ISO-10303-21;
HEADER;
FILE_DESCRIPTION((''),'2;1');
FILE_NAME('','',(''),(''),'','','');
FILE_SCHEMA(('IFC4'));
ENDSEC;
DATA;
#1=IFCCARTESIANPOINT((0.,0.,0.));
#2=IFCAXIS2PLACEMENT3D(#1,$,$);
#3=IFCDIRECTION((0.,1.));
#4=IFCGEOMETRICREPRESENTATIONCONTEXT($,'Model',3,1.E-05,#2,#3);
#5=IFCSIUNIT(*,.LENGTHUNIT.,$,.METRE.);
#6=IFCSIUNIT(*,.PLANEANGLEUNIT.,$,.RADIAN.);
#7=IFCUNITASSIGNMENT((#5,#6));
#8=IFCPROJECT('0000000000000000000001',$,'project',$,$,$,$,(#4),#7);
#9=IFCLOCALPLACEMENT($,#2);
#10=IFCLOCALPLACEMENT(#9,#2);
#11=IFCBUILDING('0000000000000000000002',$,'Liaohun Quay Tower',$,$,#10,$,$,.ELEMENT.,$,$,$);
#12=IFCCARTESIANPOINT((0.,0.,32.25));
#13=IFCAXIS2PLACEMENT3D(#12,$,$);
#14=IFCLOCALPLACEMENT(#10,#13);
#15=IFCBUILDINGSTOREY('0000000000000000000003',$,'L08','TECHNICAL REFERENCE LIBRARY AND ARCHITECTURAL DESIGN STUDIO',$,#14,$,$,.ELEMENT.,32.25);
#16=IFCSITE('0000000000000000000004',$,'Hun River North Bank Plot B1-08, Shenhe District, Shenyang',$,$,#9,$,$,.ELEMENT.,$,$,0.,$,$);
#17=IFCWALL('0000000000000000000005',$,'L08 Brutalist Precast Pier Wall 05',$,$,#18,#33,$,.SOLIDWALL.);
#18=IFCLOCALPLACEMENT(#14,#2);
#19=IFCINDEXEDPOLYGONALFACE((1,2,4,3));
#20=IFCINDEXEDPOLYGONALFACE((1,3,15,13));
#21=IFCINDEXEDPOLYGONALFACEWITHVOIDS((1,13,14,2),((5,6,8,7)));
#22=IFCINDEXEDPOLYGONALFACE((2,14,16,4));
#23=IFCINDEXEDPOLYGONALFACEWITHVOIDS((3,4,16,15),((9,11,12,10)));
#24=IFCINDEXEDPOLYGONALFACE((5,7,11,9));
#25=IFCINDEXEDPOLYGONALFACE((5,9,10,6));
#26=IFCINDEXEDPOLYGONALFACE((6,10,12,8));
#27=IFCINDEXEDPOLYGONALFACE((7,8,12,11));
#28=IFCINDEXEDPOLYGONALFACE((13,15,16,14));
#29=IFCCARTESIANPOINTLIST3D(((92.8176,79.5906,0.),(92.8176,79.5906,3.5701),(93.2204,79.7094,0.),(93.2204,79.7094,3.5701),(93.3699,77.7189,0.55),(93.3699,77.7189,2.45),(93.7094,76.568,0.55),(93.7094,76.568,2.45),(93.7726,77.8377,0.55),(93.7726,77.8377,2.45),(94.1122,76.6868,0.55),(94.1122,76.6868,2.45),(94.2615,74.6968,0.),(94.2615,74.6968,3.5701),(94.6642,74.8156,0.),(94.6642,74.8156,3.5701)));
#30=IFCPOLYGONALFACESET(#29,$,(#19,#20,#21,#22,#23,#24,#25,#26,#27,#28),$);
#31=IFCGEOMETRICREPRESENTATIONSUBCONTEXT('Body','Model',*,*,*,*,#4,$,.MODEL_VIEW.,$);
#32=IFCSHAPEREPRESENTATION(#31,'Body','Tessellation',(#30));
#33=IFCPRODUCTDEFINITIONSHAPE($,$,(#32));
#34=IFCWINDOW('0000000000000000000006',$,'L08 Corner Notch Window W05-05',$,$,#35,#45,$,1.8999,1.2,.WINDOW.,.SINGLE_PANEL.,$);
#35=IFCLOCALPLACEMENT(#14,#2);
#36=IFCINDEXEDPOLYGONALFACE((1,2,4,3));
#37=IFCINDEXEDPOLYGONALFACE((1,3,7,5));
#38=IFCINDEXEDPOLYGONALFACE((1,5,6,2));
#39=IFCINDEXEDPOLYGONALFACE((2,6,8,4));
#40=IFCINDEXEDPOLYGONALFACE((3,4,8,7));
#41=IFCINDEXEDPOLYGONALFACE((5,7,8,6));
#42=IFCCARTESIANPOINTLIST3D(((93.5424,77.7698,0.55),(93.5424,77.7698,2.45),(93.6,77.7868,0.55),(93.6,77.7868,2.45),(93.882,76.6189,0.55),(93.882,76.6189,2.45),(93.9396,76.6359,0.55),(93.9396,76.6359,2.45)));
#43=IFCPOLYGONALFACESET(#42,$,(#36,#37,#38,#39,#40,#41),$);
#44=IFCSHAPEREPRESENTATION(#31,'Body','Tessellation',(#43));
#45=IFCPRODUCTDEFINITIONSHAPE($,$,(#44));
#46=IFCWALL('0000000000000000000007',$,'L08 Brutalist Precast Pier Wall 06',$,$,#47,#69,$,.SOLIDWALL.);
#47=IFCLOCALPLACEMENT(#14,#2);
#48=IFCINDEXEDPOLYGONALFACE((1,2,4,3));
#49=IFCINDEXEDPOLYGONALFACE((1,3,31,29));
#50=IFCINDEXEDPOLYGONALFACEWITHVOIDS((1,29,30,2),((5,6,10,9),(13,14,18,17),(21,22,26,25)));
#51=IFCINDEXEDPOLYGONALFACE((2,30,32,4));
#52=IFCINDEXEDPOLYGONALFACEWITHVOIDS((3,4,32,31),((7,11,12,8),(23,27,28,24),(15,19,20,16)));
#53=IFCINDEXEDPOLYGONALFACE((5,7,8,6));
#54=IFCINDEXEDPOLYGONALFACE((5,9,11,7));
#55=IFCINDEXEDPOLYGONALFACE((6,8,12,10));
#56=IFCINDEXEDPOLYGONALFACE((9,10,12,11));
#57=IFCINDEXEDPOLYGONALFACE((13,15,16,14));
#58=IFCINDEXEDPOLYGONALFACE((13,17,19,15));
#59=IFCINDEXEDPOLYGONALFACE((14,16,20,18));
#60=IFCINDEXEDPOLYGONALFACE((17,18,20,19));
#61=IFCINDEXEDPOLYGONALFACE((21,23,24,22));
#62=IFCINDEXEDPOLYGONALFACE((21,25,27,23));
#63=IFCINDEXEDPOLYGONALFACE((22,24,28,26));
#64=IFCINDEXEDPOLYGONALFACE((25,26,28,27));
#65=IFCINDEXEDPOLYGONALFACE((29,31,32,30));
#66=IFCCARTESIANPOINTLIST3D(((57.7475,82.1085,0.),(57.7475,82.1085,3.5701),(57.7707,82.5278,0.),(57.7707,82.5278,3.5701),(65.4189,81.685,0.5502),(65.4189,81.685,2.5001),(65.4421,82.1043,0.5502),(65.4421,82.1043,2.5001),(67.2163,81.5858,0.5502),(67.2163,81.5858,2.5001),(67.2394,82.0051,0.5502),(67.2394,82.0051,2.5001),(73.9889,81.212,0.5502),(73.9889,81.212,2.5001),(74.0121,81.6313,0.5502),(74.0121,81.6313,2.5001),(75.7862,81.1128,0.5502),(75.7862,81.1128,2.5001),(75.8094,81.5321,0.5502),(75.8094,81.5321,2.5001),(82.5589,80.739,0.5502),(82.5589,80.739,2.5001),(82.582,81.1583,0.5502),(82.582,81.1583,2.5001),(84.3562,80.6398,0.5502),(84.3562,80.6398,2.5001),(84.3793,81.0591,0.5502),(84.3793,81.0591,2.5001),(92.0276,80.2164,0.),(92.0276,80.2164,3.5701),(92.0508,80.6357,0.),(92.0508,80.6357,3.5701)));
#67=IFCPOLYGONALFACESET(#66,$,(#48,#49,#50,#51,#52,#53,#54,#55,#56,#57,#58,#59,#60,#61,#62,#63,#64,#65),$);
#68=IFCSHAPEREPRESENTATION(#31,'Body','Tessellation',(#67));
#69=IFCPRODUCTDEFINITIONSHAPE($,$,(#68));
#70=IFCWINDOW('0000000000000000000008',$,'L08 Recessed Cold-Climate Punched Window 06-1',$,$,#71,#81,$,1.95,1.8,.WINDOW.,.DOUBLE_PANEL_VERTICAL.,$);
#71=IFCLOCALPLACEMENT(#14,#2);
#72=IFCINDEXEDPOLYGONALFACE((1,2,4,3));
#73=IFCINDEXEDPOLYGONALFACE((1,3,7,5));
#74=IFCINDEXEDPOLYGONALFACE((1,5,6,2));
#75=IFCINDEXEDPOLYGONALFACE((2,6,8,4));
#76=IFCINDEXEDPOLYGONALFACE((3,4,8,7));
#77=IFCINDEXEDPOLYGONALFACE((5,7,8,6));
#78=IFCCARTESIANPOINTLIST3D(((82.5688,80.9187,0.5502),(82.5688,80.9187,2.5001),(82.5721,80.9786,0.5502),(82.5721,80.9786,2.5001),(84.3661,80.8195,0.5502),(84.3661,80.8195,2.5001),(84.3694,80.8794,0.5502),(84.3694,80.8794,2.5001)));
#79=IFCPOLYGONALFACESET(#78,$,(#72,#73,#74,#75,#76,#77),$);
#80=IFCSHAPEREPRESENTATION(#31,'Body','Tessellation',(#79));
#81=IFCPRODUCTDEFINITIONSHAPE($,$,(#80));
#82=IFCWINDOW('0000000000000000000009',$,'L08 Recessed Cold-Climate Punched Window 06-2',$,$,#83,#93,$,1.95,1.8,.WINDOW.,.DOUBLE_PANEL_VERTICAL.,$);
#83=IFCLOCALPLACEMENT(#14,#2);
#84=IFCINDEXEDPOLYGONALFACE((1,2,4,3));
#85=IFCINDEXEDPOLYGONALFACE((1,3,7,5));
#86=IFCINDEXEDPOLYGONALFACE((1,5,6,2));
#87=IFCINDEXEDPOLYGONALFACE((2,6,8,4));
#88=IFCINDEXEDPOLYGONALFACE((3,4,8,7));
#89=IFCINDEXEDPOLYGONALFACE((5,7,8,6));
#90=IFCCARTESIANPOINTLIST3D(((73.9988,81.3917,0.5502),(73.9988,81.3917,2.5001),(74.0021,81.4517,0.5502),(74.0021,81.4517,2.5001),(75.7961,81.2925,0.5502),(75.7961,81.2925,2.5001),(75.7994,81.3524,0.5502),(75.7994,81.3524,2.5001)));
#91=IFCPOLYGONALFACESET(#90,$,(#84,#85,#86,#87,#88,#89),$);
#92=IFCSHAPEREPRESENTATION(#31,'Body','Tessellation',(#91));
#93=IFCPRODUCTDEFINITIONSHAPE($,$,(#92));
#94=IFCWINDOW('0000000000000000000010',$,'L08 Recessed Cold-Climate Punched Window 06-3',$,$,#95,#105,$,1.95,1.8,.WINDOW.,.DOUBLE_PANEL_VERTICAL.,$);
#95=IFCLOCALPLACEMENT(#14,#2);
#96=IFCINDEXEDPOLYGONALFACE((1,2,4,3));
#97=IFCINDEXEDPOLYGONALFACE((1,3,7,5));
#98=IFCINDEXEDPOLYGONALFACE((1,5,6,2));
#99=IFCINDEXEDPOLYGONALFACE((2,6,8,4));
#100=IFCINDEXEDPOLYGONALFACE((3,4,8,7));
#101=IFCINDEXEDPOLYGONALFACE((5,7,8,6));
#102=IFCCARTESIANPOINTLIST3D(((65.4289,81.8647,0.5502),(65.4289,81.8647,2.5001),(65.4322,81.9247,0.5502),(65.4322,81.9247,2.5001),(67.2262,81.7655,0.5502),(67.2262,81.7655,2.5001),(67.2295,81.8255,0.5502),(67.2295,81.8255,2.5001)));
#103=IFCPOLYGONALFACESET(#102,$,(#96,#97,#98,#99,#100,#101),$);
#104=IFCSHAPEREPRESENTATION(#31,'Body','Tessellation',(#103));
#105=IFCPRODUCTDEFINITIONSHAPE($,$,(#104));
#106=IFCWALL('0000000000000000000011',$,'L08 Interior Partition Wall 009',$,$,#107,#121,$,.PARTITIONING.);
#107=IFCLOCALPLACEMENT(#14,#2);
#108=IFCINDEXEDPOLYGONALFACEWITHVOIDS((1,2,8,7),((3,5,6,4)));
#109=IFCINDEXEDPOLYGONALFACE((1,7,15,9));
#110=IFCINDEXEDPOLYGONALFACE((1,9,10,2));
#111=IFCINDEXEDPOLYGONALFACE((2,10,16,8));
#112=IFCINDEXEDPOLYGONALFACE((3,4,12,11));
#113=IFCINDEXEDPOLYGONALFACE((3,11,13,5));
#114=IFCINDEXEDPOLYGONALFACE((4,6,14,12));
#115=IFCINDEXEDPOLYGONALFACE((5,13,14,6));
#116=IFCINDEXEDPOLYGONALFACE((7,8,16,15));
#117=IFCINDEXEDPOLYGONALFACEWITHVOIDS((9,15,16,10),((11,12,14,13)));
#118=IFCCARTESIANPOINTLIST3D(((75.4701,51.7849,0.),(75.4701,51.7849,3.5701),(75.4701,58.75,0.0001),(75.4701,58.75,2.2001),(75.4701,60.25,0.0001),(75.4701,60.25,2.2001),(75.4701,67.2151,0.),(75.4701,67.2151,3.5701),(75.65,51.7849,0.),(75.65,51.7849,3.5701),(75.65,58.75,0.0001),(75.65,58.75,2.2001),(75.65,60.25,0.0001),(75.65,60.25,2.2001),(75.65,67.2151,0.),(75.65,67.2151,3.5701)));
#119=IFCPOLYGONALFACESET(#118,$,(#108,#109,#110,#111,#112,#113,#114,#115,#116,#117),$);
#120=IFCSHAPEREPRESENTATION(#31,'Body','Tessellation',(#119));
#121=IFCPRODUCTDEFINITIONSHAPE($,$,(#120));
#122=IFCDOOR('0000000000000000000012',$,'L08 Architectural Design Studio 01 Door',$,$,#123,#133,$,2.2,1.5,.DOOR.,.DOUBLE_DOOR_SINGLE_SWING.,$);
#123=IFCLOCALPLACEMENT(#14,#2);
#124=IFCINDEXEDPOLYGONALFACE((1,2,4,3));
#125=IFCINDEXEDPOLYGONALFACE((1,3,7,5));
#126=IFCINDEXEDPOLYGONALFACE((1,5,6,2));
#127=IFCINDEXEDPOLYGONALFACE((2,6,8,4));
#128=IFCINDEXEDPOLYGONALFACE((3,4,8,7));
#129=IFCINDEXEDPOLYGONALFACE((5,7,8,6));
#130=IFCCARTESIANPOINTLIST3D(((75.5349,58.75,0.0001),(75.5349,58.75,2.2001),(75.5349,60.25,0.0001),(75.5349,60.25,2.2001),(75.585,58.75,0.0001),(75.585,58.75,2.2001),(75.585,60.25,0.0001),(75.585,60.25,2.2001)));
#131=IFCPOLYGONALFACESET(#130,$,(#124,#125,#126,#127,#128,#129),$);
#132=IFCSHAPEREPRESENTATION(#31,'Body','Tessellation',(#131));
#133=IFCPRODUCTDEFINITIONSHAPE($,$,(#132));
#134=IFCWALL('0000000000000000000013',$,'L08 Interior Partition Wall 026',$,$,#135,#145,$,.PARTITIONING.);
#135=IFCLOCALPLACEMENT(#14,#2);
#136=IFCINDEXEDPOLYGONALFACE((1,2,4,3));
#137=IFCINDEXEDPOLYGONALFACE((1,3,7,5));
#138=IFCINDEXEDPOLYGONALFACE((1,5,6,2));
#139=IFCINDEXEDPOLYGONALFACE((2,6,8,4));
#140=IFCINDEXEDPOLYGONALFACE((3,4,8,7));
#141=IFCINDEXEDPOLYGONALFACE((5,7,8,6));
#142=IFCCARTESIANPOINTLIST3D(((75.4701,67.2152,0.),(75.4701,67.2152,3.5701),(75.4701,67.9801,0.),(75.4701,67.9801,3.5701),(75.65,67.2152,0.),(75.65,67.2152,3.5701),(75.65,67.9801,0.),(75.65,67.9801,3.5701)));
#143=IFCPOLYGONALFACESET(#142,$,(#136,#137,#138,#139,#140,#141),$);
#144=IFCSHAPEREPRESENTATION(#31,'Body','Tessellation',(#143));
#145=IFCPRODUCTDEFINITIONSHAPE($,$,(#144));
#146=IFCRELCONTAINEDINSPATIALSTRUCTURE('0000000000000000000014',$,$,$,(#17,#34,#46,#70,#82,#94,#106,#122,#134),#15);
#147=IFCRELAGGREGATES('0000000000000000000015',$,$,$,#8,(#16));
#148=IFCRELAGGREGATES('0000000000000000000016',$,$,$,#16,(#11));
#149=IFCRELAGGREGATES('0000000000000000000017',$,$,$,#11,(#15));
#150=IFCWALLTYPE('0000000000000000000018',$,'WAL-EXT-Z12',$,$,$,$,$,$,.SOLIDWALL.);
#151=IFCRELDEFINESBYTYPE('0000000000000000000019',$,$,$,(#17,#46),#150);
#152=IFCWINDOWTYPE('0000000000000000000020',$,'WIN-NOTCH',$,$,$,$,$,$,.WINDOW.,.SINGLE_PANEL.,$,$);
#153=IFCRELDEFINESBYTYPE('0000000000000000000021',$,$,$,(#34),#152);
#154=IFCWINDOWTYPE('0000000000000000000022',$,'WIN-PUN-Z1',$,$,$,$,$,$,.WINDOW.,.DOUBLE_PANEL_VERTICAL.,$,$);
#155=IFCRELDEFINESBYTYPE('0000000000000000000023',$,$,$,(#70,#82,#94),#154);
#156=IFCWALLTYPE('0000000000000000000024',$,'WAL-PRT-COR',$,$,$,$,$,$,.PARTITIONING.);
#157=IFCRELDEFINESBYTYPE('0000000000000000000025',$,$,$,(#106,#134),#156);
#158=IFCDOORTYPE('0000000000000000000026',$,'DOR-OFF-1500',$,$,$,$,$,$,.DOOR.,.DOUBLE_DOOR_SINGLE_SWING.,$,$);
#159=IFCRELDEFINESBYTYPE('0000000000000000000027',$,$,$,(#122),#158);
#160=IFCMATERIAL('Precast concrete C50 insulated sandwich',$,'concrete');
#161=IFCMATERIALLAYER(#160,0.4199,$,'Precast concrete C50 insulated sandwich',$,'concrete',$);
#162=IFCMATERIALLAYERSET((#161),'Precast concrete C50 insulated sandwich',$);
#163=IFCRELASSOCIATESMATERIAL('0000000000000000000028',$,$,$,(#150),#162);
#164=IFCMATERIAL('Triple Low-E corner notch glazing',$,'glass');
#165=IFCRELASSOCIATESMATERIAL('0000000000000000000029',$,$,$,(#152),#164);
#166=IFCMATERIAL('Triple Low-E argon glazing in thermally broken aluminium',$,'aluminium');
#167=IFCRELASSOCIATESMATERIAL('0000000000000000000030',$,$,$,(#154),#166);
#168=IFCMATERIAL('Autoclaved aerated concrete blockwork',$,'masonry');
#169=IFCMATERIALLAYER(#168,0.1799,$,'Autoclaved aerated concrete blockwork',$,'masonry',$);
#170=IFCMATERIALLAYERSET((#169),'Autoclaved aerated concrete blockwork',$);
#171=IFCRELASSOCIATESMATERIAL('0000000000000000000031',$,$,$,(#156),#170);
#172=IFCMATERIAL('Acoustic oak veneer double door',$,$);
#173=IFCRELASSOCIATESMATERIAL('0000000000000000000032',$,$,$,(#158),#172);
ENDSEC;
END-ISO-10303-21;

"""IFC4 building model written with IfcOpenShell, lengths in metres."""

from ifc_helpers import new_model, si_unit, direction, frame, frame_2d, origin, place, context, subcontext, project, spatial, rectangle, extrude, source, transform, mapped, material, layer, layer_set, type_object, element, fill, save


model = new_model("IFC4")

# Units and contexts
model_context = context("Model", 3, precision=1e-05, world=origin(), true_north=direction((0.0, 1.0)))
body_context = subcontext(model_context, "Body", "Model", "MODEL_VIEW")
ifc_project = project(units=[si_unit("LENGTHUNIT", "METRE"), si_unit("PLANEANGLEUNIT", "RADIAN")], contexts=[model_context])

# Site, building, storey
site_placement = place(None, origin())
site = spatial("IfcSite", under=ifc_project, at=site_placement, Name="Hun River North Bank Plot B1-08, Shenhe District, Shenyang", CompositionType="ELEMENT", RefElevation=0.0)
building_placement = place(site_placement, origin())
building = spatial("IfcBuilding", under=site, at=building_placement, Name="Liaohun Quay Tower", CompositionType="ELEMENT")
storey_placement = place(building_placement, frame((0.0, 0.0, 32.25)))
storey = spatial("IfcBuildingStorey", under=building, at=storey_placement, Name="L08", Description="TECHNICAL REFERENCE LIBRARY AND ARCHITECTURAL DESIGN STUDIO", CompositionType="ELEMENT", Elevation=32.25)

# Wall, opening, window
ifc_material_1 = material(Name="Precast concrete C50 insulated sandwich", Category="concrete")
ifc_layer_1 = layer(ifc_material_1, 0.4199, Name="Precast concrete C50 insulated sandwich", Category="concrete")
ifc_layer_set_1 = layer_set([ifc_layer_1], Name="Precast concrete C50 insulated sandwich")
wall_type_1 = type_object("IfcWallType", Name="WAL-EXT-Z12", PredefinedType="SOLIDWALL", material=ifc_layer_set_1)
shared_shape_1 = source(origin(), body_context, "Body", "SweptSolid", [
    extrude(rectangle(XDim=1.2, YDim=1.8999, at=frame_2d((0.6001, 0.95))), frame((0.0, 0.22, 0.0), z_axis=(0.0, -1.0, 0.0), x_axis=(1.0, 0.0, 0.0)), (0.0, 0.0, 1.0), 0.4399),
])
ifc_material_2 = material(Name="Triple Low-E corner notch glazing", Category="glass")
window_type_1 = type_object("IfcWindowType", Name="WIN-NOTCH", PartitioningType="SINGLE_PANEL", PredefinedType="WINDOW", material=ifc_material_2)
shared_shape_2 = source(origin(), body_context, "Body", "SweptSolid", [
    extrude(rectangle(XDim=1.2, YDim=1.8999, at=frame_2d((0.6001, 0.95))), frame((0.0, 0.03, 0.0), z_axis=(0.0, -1.0, 0.0), x_axis=(1.0, 0.0, 0.0)), (0.0, 0.0, 1.0), 0.0601),
])
wall_1_placement = place(storey_placement, frame((94.4629, 74.7561, 0.0), z_axis=(0.0, 0.0, 1.0), x_axis=(-0.282977, 0.959127, 0.0)))
wall_1 = element("IfcWall", 1, at=wall_1_placement, inside=storey, type_object=wall_type_1, Name="L08 Brutalist Precast Pier Wall 05", PredefinedType="SOLIDWALL", context=body_context, shape_type="SweptSolid", body=[
    extrude(rectangle(XDim=5.1023, YDim=0.4199, at=frame_2d((2.5513, 0.0))), origin(), (0.0, 0.0, 1.0), 3.5701),
])
opening_1_placement = place(wall_1_placement, frame((1.9509, 0.0, 0.55)))
opening_1 = element("IfcOpeningElement", 2, at=opening_1_placement, cuts=wall_1, PredefinedType="OPENING", context=body_context, shape_type="MappedRepresentation", body=[
    mapped(shared_shape_1, transform((0.0, 0.0, 0.0), x_axis=(1.0, 0.0, 0.0), y_axis=(0.0, 1.0, 0.0), z_axis=(0.0, 0.0, 1.0), scale=1.0)),
])
window_1_placement = place(opening_1_placement, origin())
window_1 = element("IfcWindow", 3, at=window_1_placement, inside=storey, type_object=window_type_1, Name="L08 Corner Notch Window W05-05", OverallHeight=1.8999, OverallWidth=1.2, PartitioningType="SINGLE_PANEL", PredefinedType="WINDOW", context=body_context, shape_type="MappedRepresentation", body=[
    mapped(shared_shape_2, transform((0.0, 0.0, 0.0), x_axis=(1.0, 0.0, 0.0), y_axis=(0.0, 1.0, 0.0), z_axis=(0.0, 0.0, 1.0), scale=1.0)),
])
fill(opening_1, window_1)

# Wall, openings, windows
wall_2_placement = place(storey_placement, frame((92.0391, 80.426, 0.0), z_axis=(0.0, 0.0, 1.0), x_axis=(-0.99848, 0.055111, 0.0)))
wall_2 = element("IfcWall", 4, at=wall_2_placement, inside=storey, type_object=wall_type_1, Name="L08 Brutalist Precast Pier Wall 06", PredefinedType="SOLIDWALL", context=body_context, shape_type="SweptSolid", body=[
    extrude(rectangle(XDim=34.3323, YDim=0.4199, at=frame_2d((17.166, 0.0))), origin(), (0.0, 0.0, 1.0), 3.5701),
])
shared_shape_3 = source(origin(), body_context, "Body", "SweptSolid", [
    extrude(rectangle(XDim=1.8, YDim=1.95, at=frame_2d((0.8999, 0.9751))), frame((0.0, 0.22, 0.0), z_axis=(0.0, -1.0, 0.0), x_axis=(1.0, 0.0, 0.0)), (0.0, 0.0, 1.0), 0.4399),
])
opening_2_placement = place(wall_2_placement, frame((7.6831, 0.0, 0.55)))
opening_2 = element("IfcOpeningElement", 5, at=opening_2_placement, cuts=wall_2, PredefinedType="OPENING", context=body_context, shape_type="MappedRepresentation", body=[
    mapped(shared_shape_3, transform((0.0, 0.0, 0.0), x_axis=(1.0, 0.0, 0.0), y_axis=(0.0, 1.0, 0.0), z_axis=(0.0, 0.0, 1.0), scale=1.0)),
])
opening_3_placement = place(wall_2_placement, frame((16.2661, 0.0, 0.55)))
opening_3 = element("IfcOpeningElement", 6, at=opening_3_placement, cuts=wall_2, PredefinedType="OPENING", context=body_context, shape_type="MappedRepresentation", body=[
    mapped(shared_shape_3, transform((0.0, 0.0, 0.0), x_axis=(1.0, 0.0, 0.0), y_axis=(0.0, 1.0, 0.0), z_axis=(0.0, 0.0, 1.0), scale=1.0)),
])
opening_4_placement = place(wall_2_placement, frame((24.8491, 0.0, 0.55)))
opening_4 = element("IfcOpeningElement", 7, at=opening_4_placement, cuts=wall_2, PredefinedType="OPENING", context=body_context, shape_type="MappedRepresentation", body=[
    mapped(shared_shape_3, transform((0.0, 0.0, 0.0), x_axis=(1.0, 0.0, 0.0), y_axis=(0.0, 1.0, 0.0), z_axis=(0.0, 0.0, 1.0), scale=1.0)),
])
ifc_material_3 = material(Name="Triple Low-E argon glazing in thermally broken aluminium", Category="aluminium")
window_type_2 = type_object("IfcWindowType", Name="WIN-PUN-Z1", PartitioningType="DOUBLE_PANEL_VERTICAL", PredefinedType="WINDOW", material=ifc_material_3)
shared_shape_4 = source(origin(), body_context, "Body", "SweptSolid", [
    extrude(rectangle(XDim=1.8, YDim=1.95, at=frame_2d((0.8999, 0.9751))), frame((0.0, 0.03, 0.0), z_axis=(0.0, -1.0, 0.0), x_axis=(1.0, 0.0, 0.0)), (0.0, 0.0, 1.0), 0.0601),
])
window_2_placement = place(opening_2_placement, origin())
window_2 = element("IfcWindow", 8, at=window_2_placement, inside=storey, type_object=window_type_2, Name="L08 Recessed Cold-Climate Punched Window 06-1", OverallHeight=1.95, OverallWidth=1.8, PartitioningType="DOUBLE_PANEL_VERTICAL", PredefinedType="WINDOW", context=body_context, shape_type="MappedRepresentation", body=[
    mapped(shared_shape_4, transform((0.0, 0.0, 0.0), x_axis=(1.0, 0.0, 0.0), y_axis=(0.0, 1.0, 0.0), z_axis=(0.0, 0.0, 1.0), scale=1.0)),
])
fill(opening_2, window_2)
window_3_placement = place(opening_3_placement, origin())
window_3 = element("IfcWindow", 9, at=window_3_placement, inside=storey, type_object=window_type_2, Name="L08 Recessed Cold-Climate Punched Window 06-2", OverallHeight=1.95, OverallWidth=1.8, PartitioningType="DOUBLE_PANEL_VERTICAL", PredefinedType="WINDOW", context=body_context, shape_type="MappedRepresentation", body=[
    mapped(shared_shape_4, transform((0.0, 0.0, 0.0), x_axis=(1.0, 0.0, 0.0), y_axis=(0.0, 1.0, 0.0), z_axis=(0.0, 0.0, 1.0), scale=1.0)),
])
fill(opening_3, window_3)
window_4_placement = place(opening_4_placement, origin())
window_4 = element("IfcWindow", 10, at=window_4_placement, inside=storey, type_object=window_type_2, Name="L08 Recessed Cold-Climate Punched Window 06-3", OverallHeight=1.95, OverallWidth=1.8, PartitioningType="DOUBLE_PANEL_VERTICAL", PredefinedType="WINDOW", context=body_context, shape_type="MappedRepresentation", body=[
    mapped(shared_shape_4, transform((0.0, 0.0, 0.0), x_axis=(1.0, 0.0, 0.0), y_axis=(0.0, 1.0, 0.0), z_axis=(0.0, 0.0, 1.0), scale=1.0)),
])
fill(opening_4, window_4)

# Wall, opening, door
ifc_material_4 = material(Name="Autoclaved aerated concrete blockwork", Category="masonry")
ifc_layer_2 = layer(ifc_material_4, 0.1799, Name="Autoclaved aerated concrete blockwork", Category="masonry")
ifc_layer_set_2 = layer_set([ifc_layer_2], Name="Autoclaved aerated concrete blockwork")
wall_type_2 = type_object("IfcWallType", Name="WAL-PRT-COR", PredefinedType="PARTITIONING", material=ifc_layer_set_2)
wall_3_placement = place(storey_placement, frame((75.5601, 67.2151, 0.0), z_axis=(0.0, 0.0, 1.0), x_axis=(0.0, -1.0, 0.0)))
wall_3 = element("IfcWall", 11, at=wall_3_placement, inside=storey, type_object=wall_type_2, Name="L08 Interior Partition Wall 009", PredefinedType="PARTITIONING", context=body_context, shape_type="SweptSolid", body=[
    extrude(rectangle(XDim=15.4302, YDim=0.1799, at=frame_2d((7.7151, 0.0))), origin(), (0.0, 0.0, 1.0), 3.5701),
])
shared_shape_5 = source(origin(), body_context, "Body", "SweptSolid", [
    extrude(rectangle(XDim=1.5, YDim=2.2, at=frame_2d((0.75, 1.1001))), frame((0.0, 0.0999, 0.0), z_axis=(0.0, -1.0, 0.0), x_axis=(1.0, 0.0, 0.0)), (0.0, 0.0, 1.0), 0.2),
])
opening_5_placement = place(wall_3_placement, frame((6.9651, 0.0, 0.0)))
opening_5 = element("IfcOpeningElement", 12, at=opening_5_placement, cuts=wall_3, PredefinedType="OPENING", context=body_context, shape_type="MappedRepresentation", body=[
    mapped(shared_shape_5, transform((0.0, 0.0, 0.0), x_axis=(1.0, 0.0, 0.0), y_axis=(0.0, 1.0, 0.0), z_axis=(0.0, 0.0, 1.0), scale=1.0)),
])
ifc_material_5 = material(Name="Acoustic oak veneer double door")
door_type = type_object("IfcDoorType", Name="DOR-OFF-1500", OperationType="DOUBLE_DOOR_SINGLE_SWING", PredefinedType="DOOR", material=ifc_material_5)
shared_shape_6 = source(origin(), body_context, "Body", "SweptSolid", [
    extrude(rectangle(XDim=1.5, YDim=2.2, at=frame_2d((0.75, 1.1001))), frame((0.0, 0.0249, 0.0), z_axis=(0.0, -1.0, 0.0), x_axis=(1.0, 0.0, 0.0)), (0.0, 0.0, 1.0), 0.05),
])
door_placement = place(opening_5_placement, origin())
door = element("IfcDoor", 13, at=door_placement, inside=storey, type_object=door_type, Name="L08 Architectural Design Studio 01 Door", OperationType="DOUBLE_DOOR_SINGLE_SWING", OverallHeight=2.2, OverallWidth=1.5, PredefinedType="DOOR", context=body_context, shape_type="MappedRepresentation", body=[
    mapped(shared_shape_6, transform((0.0, 0.0, 0.0), x_axis=(1.0, 0.0, 0.0), y_axis=(0.0, 1.0, 0.0), z_axis=(0.0, 0.0, 1.0), scale=1.0)),
])
fill(opening_5, door)

# Wall
wall_4_placement = place(storey_placement, frame((75.5601, 67.98, 0.0), z_axis=(0.0, 0.0, 1.0), x_axis=(0.0, -1.0, 0.0)))
element("IfcWall", 14, at=wall_4_placement, inside=storey, type_object=wall_type_2, Name="L08 Interior Partition Wall 026", PredefinedType="PARTITIONING", context=body_context, shape_type="SweptSolid", body=[
    extrude(rectangle(XDim=0.7649, YDim=0.1799, at=frame_2d((0.3823, 0.0))), origin(), (0.0, 0.0, 1.0), 3.5701),
])

save(model, "model.ifc")
